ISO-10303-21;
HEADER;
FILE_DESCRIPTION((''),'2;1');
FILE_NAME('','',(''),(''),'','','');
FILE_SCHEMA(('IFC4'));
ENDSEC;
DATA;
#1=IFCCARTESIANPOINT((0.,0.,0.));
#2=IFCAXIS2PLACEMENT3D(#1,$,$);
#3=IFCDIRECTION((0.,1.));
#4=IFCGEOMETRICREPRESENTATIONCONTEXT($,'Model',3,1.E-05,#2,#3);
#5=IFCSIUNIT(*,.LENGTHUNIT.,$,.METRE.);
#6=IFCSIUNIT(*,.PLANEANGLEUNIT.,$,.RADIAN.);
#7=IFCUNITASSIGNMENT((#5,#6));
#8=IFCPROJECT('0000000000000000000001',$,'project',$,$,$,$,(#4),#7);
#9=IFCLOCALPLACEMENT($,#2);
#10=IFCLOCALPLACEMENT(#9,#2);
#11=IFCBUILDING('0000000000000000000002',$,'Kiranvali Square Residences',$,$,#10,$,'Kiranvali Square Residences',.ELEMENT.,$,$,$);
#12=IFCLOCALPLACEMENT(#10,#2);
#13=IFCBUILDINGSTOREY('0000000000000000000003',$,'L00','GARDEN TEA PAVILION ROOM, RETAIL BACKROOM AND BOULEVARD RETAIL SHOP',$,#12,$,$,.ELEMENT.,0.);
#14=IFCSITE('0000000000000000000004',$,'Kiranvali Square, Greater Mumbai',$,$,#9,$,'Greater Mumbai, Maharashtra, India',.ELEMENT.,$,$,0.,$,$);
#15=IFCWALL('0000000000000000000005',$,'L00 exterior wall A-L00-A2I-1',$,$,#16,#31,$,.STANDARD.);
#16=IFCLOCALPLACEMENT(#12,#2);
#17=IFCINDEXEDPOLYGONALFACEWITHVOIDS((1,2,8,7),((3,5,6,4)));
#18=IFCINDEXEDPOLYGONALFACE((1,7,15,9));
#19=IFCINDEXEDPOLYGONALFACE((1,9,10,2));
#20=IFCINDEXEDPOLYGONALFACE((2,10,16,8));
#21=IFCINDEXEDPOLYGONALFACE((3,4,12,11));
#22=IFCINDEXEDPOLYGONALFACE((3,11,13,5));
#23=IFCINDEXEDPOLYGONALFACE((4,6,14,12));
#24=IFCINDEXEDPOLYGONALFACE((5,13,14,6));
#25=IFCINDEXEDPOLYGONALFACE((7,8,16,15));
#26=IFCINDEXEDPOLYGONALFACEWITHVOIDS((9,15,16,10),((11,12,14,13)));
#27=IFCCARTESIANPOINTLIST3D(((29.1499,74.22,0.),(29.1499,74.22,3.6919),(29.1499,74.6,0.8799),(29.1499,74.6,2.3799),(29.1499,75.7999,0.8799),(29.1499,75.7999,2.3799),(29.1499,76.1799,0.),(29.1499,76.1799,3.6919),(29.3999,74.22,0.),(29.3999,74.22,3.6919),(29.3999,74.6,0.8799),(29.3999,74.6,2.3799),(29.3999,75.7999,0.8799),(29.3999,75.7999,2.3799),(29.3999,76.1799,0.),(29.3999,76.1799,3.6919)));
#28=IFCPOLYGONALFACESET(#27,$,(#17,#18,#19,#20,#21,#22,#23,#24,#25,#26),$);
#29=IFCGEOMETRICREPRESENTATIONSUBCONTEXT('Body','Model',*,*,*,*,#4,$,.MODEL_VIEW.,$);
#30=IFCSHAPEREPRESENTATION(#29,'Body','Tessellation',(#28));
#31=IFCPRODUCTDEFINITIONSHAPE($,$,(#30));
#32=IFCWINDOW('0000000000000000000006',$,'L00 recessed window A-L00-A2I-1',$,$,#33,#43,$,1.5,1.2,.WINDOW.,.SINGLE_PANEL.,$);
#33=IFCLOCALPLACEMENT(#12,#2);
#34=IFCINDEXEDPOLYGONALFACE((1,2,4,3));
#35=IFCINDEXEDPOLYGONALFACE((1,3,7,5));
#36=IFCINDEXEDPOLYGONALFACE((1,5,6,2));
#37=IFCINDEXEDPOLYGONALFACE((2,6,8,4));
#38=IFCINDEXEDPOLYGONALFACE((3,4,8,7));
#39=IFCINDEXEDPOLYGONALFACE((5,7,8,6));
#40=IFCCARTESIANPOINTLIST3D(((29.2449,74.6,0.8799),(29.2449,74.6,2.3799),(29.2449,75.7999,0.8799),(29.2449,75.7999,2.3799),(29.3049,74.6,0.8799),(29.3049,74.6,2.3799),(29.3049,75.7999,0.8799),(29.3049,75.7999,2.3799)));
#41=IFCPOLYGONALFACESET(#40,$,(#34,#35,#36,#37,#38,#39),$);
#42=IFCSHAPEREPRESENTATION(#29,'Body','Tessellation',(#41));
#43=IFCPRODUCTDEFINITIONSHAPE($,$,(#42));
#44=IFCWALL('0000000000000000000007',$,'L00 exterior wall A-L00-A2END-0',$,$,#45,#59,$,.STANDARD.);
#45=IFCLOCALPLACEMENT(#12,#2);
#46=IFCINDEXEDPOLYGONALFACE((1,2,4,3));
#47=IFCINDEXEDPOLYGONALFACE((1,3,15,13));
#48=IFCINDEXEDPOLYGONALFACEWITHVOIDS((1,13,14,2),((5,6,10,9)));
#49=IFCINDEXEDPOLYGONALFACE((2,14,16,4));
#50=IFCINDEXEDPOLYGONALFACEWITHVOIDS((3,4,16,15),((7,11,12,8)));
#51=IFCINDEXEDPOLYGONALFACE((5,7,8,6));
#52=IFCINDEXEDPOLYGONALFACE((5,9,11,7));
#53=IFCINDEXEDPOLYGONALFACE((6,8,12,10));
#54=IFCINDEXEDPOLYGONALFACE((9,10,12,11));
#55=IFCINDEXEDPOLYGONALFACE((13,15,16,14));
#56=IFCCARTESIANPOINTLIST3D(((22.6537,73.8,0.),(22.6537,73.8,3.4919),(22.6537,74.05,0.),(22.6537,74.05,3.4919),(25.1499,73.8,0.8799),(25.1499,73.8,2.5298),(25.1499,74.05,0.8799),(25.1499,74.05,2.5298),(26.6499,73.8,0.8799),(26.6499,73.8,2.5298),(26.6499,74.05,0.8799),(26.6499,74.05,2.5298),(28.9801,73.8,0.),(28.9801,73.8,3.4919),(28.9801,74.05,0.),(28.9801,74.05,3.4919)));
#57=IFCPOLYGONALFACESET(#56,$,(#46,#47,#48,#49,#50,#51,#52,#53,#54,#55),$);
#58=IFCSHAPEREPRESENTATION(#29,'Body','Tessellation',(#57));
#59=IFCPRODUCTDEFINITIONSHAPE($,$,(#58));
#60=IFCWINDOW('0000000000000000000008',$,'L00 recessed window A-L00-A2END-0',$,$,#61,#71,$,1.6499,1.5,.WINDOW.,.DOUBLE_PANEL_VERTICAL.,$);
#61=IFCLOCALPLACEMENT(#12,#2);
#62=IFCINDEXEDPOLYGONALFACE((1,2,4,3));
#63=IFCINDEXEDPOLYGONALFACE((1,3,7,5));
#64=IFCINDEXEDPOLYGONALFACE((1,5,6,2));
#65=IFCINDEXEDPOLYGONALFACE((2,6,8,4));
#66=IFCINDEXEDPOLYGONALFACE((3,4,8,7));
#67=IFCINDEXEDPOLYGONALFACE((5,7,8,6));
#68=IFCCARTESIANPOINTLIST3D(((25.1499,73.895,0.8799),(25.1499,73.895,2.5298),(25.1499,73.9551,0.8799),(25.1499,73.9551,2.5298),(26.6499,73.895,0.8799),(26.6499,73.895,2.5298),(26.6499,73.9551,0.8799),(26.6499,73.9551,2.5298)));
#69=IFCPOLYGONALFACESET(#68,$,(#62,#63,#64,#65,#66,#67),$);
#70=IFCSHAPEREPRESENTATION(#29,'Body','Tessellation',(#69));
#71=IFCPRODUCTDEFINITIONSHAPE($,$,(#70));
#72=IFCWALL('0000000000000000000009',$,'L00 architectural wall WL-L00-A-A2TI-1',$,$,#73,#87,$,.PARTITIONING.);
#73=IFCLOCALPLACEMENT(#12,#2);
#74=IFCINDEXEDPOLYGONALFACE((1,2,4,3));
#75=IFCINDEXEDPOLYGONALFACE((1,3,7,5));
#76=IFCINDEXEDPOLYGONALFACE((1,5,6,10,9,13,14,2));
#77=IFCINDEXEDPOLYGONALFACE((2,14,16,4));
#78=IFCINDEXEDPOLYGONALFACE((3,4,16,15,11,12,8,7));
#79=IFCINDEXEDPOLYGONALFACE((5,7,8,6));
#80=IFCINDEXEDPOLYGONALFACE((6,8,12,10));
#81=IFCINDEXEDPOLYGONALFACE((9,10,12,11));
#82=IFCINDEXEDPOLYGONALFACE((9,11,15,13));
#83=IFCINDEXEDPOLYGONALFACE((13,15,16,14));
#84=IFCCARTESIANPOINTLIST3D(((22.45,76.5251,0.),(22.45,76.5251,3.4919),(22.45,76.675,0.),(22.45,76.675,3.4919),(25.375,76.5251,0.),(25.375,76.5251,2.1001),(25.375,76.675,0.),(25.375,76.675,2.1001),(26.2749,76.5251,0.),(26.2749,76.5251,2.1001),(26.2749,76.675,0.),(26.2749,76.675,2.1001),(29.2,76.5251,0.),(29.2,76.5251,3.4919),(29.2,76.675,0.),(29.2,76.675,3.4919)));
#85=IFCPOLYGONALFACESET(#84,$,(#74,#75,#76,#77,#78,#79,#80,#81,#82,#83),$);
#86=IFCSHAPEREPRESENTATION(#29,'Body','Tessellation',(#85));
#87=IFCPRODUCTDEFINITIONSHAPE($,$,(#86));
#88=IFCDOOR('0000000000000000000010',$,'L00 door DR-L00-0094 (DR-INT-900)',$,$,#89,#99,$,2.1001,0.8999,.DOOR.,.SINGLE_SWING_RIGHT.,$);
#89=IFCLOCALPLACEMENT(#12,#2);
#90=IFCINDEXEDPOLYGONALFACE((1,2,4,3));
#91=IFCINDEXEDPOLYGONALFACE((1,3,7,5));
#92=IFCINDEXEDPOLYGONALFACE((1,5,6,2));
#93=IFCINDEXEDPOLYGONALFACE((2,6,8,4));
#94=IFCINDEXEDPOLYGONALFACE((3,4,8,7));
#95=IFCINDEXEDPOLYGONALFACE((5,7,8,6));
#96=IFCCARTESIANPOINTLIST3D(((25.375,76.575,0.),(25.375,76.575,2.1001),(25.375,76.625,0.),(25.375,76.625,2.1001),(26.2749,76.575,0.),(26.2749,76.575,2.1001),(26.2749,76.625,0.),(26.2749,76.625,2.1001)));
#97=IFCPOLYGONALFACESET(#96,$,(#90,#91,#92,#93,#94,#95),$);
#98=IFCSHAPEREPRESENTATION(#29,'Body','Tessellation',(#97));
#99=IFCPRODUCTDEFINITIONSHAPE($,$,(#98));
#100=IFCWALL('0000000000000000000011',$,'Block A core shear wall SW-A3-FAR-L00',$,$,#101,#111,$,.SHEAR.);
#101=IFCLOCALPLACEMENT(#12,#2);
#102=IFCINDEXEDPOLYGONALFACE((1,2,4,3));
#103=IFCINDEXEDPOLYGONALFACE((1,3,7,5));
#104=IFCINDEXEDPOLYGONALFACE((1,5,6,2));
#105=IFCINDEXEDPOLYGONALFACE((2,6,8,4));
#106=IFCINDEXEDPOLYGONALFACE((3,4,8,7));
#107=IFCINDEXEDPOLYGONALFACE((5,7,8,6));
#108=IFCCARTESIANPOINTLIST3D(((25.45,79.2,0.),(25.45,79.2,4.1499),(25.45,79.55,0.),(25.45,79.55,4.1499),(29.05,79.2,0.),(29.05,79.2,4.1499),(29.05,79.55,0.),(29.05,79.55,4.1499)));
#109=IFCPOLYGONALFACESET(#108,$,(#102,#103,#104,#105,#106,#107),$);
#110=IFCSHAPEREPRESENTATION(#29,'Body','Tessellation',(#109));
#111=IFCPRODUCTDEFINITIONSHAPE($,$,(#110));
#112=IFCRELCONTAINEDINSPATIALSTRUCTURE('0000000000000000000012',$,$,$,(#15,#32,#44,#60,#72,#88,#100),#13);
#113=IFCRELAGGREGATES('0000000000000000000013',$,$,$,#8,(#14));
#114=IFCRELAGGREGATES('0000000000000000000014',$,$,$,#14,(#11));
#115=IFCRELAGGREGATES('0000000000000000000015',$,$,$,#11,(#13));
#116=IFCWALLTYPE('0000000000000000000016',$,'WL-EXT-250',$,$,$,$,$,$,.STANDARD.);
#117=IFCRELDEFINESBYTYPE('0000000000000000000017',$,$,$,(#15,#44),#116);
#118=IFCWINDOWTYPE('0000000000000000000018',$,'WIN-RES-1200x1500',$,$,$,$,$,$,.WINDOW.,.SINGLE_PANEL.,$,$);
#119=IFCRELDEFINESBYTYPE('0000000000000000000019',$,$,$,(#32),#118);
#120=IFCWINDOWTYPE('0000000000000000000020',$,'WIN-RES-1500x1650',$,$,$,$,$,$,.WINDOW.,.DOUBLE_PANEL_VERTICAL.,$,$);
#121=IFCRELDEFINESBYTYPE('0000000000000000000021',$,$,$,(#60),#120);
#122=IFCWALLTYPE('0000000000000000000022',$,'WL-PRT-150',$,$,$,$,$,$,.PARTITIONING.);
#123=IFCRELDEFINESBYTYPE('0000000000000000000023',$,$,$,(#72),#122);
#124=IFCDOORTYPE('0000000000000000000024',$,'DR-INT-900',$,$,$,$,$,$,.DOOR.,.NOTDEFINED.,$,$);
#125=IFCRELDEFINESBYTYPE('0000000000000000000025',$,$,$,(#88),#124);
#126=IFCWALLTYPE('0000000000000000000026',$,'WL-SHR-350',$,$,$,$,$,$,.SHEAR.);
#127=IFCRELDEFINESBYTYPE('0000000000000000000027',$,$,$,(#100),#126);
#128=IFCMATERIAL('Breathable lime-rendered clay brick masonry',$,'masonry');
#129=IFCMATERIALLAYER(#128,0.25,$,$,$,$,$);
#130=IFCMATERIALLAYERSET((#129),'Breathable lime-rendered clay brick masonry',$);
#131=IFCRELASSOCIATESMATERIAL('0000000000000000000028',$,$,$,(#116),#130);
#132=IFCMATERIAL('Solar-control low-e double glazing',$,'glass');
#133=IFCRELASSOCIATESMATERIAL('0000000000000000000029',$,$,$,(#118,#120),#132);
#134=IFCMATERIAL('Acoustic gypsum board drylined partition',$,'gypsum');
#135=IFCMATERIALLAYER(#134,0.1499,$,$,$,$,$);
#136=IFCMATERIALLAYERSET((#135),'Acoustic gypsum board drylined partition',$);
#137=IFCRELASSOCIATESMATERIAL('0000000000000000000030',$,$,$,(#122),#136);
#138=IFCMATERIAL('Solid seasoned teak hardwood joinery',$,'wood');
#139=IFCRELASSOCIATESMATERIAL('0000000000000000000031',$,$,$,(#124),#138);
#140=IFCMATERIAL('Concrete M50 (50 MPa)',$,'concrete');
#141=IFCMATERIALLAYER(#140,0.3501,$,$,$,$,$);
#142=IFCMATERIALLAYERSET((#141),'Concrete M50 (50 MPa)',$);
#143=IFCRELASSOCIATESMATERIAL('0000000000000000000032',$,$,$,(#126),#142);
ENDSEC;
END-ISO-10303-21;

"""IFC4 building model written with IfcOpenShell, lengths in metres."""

from ifc_helpers import new_model, si_unit, direction, frame, frame_2d, origin, place, context, subcontext, project, spatial, rectangle, extrude, material, layer, layer_set, type_object, element, fill, save


model = new_model("IFC4")

# Units and contexts
model_context = context("Model", 3, precision=1e-05, world=origin(), true_north=direction((0.0, 1.0)))
body_context = subcontext(model_context, "Body", "Model", "MODEL_VIEW")
ifc_project = project(units=[si_unit("LENGTHUNIT", "METRE"), si_unit("PLANEANGLEUNIT", "RADIAN")], contexts=[model_context])

# Site, building, storey
site_placement = place(None, origin())
site = spatial("IfcSite", under=ifc_project, at=site_placement, Name="Kiranvali Square, Greater Mumbai", LongName="Greater Mumbai, Maharashtra, India", CompositionType="ELEMENT", RefElevation=0.0)
building_placement = place(site_placement, origin())
building = spatial("IfcBuilding", under=site, at=building_placement, Name="Kiranvali Square Residences", LongName="Kiranvali Square Residences", CompositionType="ELEMENT")
storey_placement = place(building_placement, origin())
storey = spatial("IfcBuildingStorey", under=building, at=storey_placement, Name="L00", Description="GARDEN TEA PAVILION ROOM, RETAIL BACKROOM AND BOULEVARD RETAIL SHOP", CompositionType="ELEMENT", Elevation=0.0)

# Walls, openings, windows
ifc_material_1 = material(Name="Breathable lime-rendered clay brick masonry", Category="masonry")
ifc_layer_1 = layer(ifc_material_1, 0.25)
ifc_layer_set_1 = layer_set([ifc_layer_1], Name="Breathable lime-rendered clay brick masonry")
wall_type_1 = type_object("IfcWallType", Name="WL-EXT-250", PredefinedType="STANDARD", material=ifc_layer_set_1)
ifc_material_2 = material(Name="Solar-control low-e double glazing", Category="glass")
window_type_1 = type_object("IfcWindowType", Name="WIN-RES-1200x1500", PartitioningType="SINGLE_PANEL", PredefinedType="WINDOW", material=ifc_material_2)
wall_1_placement = place(storey_placement, frame((29.2749, 76.1799, 0.0), z_axis=(0.0, 0.0, 1.0), x_axis=(0.0, -1.0, 0.0)))
wall_1 = element("IfcWall", 1, at=wall_1_placement, inside=storey, type_object=wall_type_1, Name="L00 exterior wall A-L00-A2I-1", PredefinedType="STANDARD", context=body_context, shape_type="SweptSolid", body=[
    extrude(rectangle(XDim=1.96, YDim=0.25, at=frame_2d((0.98, 0.0))), origin(), (0.0, 0.0, 1.0), 3.6919),
])
opening_1_placement = place(wall_1_placement, frame((0.3799, 0.0, 0.8799)))
opening_1 = element("IfcOpeningElement", 2, at=opening_1_placement, cuts=wall_1, PredefinedType="OPENING", context=body_context, shape_type="SweptSolid", body=[
    extrude(rectangle(XDim=1.2, YDim=1.5, at=frame_2d((0.6001, 0.75))), frame((0.0, 0.135, 0.0), z_axis=(0.0, -1.0, 0.0), x_axis=(1.0, 0.0, 0.0)), (0.0, 0.0, 1.0), 0.27),
])
window_1_placement = place(opening_1_placement, origin())
window_1 = element("IfcWindow", 3, at=window_1_placement, inside=storey, type_object=window_type_1, Name="L00 recessed window A-L00-A2I-1", OverallHeight=1.5, OverallWidth=1.2, PartitioningType="SINGLE_PANEL", PredefinedType="WINDOW", context=body_context, shape_type="SweptSolid", body=[
    extrude(rectangle(XDim=1.2, YDim=1.5, at=frame_2d((0.6001, 0.75))), frame((0.0, 0.03, 0.0), z_axis=(0.0, -1.0, 0.0), x_axis=(1.0, 0.0, 0.0)), (0.0, 0.0, 1.0), 0.0601),
])
fill(opening_1, window_1)
wall_2_placement = place(storey_placement, frame((28.98, 73.925, 0.0), z_axis=(0.0, 0.0, 1.0), x_axis=(-1.0, 0.0, 0.0)))
wall_2 = element("IfcWall", 4, at=wall_2_placement, inside=storey, type_object=wall_type_1, Name="L00 exterior wall A-L00-A2END-0", PredefinedType="STANDARD", context=body_context, shape_type="SweptSolid", body=[
    extrude(rectangle(XDim=6.3264, YDim=0.25, at=frame_2d((3.1631, 0.0))), origin(), (0.0, 0.0, 1.0), 3.4919),
])
opening_2_placement = place(wall_2_placement, frame((2.3301, 0.0, 0.8799)))
opening_2 = element("IfcOpeningElement", 5, at=opening_2_placement, cuts=wall_2, PredefinedType="OPENING", context=body_context, shape_type="SweptSolid", body=[
    extrude(rectangle(XDim=1.5, YDim=1.6499, at=frame_2d((0.75, 0.825))), frame((0.0, 0.135, 0.0), z_axis=(0.0, -1.0, 0.0), x_axis=(1.0, 0.0, 0.0)), (0.0, 0.0, 1.0), 0.27),
])
window_type_2 = type_object("IfcWindowType", Name="WIN-RES-1500x1650", PartitioningType="DOUBLE_PANEL_VERTICAL", PredefinedType="WINDOW", material=ifc_material_2)
window_2_placement = place(opening_2_placement, origin())
window_2 = element("IfcWindow", 6, at=window_2_placement, inside=storey, type_object=window_type_2, Name="L00 recessed window A-L00-A2END-0", OverallHeight=1.6499, OverallWidth=1.5, PartitioningType="DOUBLE_PANEL_VERTICAL", PredefinedType="WINDOW", context=body_context, shape_type="SweptSolid", body=[
    extrude(rectangle(XDim=1.5, YDim=1.6499, at=frame_2d((0.75, 0.825))), frame((0.0, 0.03, 0.0), z_axis=(0.0, -1.0, 0.0), x_axis=(1.0, 0.0, 0.0)), (0.0, 0.0, 1.0), 0.0601),
])
fill(opening_2, window_2)

# Wall, opening, door
ifc_material_3 = material(Name="Acoustic gypsum board drylined partition", Category="gypsum")
ifc_layer_2 = layer(ifc_material_3, 0.1499)
ifc_layer_set_2 = layer_set([ifc_layer_2], Name="Acoustic gypsum board drylined partition")
wall_type_2 = type_object("IfcWallType", Name="WL-PRT-150", PredefinedType="PARTITIONING", material=ifc_layer_set_2)
wall_3_placement = place(storey_placement, frame((29.2, 76.6001, 0.0), z_axis=(0.0, 0.0, 1.0), x_axis=(-1.0, 0.0, 0.0)))
wall_3 = element("IfcWall", 7, at=wall_3_placement, inside=storey, type_object=wall_type_2, Name="L00 architectural wall WL-L00-A-A2TI-1", PredefinedType="PARTITIONING", context=body_context, shape_type="SweptSolid", body=[
    extrude(rectangle(XDim=6.75, YDim=0.1499, at=frame_2d((3.375, 0.0))), origin(), (0.0, 0.0, 1.0), 3.4919),
])
opening_3_placement = place(wall_3_placement, frame((2.925, 0.0, 0.0)))
opening_3 = element("IfcOpeningElement", 8, at=opening_3_placement, cuts=wall_3, PredefinedType="OPENING", context=body_context, shape_type="SweptSolid", body=[
    extrude(rectangle(XDim=0.8999, YDim=2.1001, at=frame_2d((0.45, 1.05))), frame((0.0, 0.085, 0.0), z_axis=(0.0, -1.0, 0.0), x_axis=(1.0, 0.0, 0.0)), (0.0, 0.0, 1.0), 0.1699),
])
ifc_material_4 = material(Name="Solid seasoned teak hardwood joinery", Category="wood")
door_type_1 = type_object("IfcDoorType", Name="DR-INT-900", OperationType="NOTDEFINED", PredefinedType="DOOR", material=ifc_material_4)
door_1_placement = place(opening_3_placement, frame((0.8999, 0.0, 0.0), z_axis=(0.0, 0.0, 1.0), x_axis=(-1.0, 0.0, 0.0)))
door_1 = element("IfcDoor", 9, at=door_1_placement, inside=storey, type_object=door_type_1, Name="L00 door DR-L00-0094 (DR-INT-900)", OperationType="SINGLE_SWING_RIGHT", OverallHeight=2.1001, OverallWidth=0.8999, PredefinedType="DOOR", context=body_context, shape_type="SweptSolid", body=[
    extrude(rectangle(XDim=0.8999, YDim=2.1001, at=frame_2d((0.45, 1.05))), frame((0.0, 0.0249, 0.0), z_axis=(0.0, -1.0, 0.0), x_axis=(1.0, 0.0, 0.0)), (0.0, 0.0, 1.0), 0.05),
])
fill(opening_3, door_1)

# Wall
ifc_material_5 = material(Name="Concrete M50 (50 MPa)", Category="concrete")
ifc_layer_3 = layer(ifc_material_5, 0.3501)
ifc_layer_set_3 = layer_set([ifc_layer_3], Name="Concrete M50 (50 MPa)")
wall_type_3 = type_object("IfcWallType", Name="WL-SHR-350", PredefinedType="SHEAR", material=ifc_layer_set_3)
wall_4_placement = place(storey_placement, frame((29.05, 79.375, 0.0), z_axis=(0.0, 0.0, 1.0), x_axis=(-1.0, 0.0, 0.0)))
element("IfcWall", 10, at=wall_4_placement, inside=storey, type_object=wall_type_3, Name="Block A core shear wall SW-A3-FAR-L00", PredefinedType="SHEAR", context=body_context, shape_type="SweptSolid", body=[
    extrude(rectangle(XDim=3.6001, YDim=0.3501, at=frame_2d((1.8, 0.0))), origin(), (0.0, 0.0, 1.0), 4.1499),
])

save(model, "model.ifc")
